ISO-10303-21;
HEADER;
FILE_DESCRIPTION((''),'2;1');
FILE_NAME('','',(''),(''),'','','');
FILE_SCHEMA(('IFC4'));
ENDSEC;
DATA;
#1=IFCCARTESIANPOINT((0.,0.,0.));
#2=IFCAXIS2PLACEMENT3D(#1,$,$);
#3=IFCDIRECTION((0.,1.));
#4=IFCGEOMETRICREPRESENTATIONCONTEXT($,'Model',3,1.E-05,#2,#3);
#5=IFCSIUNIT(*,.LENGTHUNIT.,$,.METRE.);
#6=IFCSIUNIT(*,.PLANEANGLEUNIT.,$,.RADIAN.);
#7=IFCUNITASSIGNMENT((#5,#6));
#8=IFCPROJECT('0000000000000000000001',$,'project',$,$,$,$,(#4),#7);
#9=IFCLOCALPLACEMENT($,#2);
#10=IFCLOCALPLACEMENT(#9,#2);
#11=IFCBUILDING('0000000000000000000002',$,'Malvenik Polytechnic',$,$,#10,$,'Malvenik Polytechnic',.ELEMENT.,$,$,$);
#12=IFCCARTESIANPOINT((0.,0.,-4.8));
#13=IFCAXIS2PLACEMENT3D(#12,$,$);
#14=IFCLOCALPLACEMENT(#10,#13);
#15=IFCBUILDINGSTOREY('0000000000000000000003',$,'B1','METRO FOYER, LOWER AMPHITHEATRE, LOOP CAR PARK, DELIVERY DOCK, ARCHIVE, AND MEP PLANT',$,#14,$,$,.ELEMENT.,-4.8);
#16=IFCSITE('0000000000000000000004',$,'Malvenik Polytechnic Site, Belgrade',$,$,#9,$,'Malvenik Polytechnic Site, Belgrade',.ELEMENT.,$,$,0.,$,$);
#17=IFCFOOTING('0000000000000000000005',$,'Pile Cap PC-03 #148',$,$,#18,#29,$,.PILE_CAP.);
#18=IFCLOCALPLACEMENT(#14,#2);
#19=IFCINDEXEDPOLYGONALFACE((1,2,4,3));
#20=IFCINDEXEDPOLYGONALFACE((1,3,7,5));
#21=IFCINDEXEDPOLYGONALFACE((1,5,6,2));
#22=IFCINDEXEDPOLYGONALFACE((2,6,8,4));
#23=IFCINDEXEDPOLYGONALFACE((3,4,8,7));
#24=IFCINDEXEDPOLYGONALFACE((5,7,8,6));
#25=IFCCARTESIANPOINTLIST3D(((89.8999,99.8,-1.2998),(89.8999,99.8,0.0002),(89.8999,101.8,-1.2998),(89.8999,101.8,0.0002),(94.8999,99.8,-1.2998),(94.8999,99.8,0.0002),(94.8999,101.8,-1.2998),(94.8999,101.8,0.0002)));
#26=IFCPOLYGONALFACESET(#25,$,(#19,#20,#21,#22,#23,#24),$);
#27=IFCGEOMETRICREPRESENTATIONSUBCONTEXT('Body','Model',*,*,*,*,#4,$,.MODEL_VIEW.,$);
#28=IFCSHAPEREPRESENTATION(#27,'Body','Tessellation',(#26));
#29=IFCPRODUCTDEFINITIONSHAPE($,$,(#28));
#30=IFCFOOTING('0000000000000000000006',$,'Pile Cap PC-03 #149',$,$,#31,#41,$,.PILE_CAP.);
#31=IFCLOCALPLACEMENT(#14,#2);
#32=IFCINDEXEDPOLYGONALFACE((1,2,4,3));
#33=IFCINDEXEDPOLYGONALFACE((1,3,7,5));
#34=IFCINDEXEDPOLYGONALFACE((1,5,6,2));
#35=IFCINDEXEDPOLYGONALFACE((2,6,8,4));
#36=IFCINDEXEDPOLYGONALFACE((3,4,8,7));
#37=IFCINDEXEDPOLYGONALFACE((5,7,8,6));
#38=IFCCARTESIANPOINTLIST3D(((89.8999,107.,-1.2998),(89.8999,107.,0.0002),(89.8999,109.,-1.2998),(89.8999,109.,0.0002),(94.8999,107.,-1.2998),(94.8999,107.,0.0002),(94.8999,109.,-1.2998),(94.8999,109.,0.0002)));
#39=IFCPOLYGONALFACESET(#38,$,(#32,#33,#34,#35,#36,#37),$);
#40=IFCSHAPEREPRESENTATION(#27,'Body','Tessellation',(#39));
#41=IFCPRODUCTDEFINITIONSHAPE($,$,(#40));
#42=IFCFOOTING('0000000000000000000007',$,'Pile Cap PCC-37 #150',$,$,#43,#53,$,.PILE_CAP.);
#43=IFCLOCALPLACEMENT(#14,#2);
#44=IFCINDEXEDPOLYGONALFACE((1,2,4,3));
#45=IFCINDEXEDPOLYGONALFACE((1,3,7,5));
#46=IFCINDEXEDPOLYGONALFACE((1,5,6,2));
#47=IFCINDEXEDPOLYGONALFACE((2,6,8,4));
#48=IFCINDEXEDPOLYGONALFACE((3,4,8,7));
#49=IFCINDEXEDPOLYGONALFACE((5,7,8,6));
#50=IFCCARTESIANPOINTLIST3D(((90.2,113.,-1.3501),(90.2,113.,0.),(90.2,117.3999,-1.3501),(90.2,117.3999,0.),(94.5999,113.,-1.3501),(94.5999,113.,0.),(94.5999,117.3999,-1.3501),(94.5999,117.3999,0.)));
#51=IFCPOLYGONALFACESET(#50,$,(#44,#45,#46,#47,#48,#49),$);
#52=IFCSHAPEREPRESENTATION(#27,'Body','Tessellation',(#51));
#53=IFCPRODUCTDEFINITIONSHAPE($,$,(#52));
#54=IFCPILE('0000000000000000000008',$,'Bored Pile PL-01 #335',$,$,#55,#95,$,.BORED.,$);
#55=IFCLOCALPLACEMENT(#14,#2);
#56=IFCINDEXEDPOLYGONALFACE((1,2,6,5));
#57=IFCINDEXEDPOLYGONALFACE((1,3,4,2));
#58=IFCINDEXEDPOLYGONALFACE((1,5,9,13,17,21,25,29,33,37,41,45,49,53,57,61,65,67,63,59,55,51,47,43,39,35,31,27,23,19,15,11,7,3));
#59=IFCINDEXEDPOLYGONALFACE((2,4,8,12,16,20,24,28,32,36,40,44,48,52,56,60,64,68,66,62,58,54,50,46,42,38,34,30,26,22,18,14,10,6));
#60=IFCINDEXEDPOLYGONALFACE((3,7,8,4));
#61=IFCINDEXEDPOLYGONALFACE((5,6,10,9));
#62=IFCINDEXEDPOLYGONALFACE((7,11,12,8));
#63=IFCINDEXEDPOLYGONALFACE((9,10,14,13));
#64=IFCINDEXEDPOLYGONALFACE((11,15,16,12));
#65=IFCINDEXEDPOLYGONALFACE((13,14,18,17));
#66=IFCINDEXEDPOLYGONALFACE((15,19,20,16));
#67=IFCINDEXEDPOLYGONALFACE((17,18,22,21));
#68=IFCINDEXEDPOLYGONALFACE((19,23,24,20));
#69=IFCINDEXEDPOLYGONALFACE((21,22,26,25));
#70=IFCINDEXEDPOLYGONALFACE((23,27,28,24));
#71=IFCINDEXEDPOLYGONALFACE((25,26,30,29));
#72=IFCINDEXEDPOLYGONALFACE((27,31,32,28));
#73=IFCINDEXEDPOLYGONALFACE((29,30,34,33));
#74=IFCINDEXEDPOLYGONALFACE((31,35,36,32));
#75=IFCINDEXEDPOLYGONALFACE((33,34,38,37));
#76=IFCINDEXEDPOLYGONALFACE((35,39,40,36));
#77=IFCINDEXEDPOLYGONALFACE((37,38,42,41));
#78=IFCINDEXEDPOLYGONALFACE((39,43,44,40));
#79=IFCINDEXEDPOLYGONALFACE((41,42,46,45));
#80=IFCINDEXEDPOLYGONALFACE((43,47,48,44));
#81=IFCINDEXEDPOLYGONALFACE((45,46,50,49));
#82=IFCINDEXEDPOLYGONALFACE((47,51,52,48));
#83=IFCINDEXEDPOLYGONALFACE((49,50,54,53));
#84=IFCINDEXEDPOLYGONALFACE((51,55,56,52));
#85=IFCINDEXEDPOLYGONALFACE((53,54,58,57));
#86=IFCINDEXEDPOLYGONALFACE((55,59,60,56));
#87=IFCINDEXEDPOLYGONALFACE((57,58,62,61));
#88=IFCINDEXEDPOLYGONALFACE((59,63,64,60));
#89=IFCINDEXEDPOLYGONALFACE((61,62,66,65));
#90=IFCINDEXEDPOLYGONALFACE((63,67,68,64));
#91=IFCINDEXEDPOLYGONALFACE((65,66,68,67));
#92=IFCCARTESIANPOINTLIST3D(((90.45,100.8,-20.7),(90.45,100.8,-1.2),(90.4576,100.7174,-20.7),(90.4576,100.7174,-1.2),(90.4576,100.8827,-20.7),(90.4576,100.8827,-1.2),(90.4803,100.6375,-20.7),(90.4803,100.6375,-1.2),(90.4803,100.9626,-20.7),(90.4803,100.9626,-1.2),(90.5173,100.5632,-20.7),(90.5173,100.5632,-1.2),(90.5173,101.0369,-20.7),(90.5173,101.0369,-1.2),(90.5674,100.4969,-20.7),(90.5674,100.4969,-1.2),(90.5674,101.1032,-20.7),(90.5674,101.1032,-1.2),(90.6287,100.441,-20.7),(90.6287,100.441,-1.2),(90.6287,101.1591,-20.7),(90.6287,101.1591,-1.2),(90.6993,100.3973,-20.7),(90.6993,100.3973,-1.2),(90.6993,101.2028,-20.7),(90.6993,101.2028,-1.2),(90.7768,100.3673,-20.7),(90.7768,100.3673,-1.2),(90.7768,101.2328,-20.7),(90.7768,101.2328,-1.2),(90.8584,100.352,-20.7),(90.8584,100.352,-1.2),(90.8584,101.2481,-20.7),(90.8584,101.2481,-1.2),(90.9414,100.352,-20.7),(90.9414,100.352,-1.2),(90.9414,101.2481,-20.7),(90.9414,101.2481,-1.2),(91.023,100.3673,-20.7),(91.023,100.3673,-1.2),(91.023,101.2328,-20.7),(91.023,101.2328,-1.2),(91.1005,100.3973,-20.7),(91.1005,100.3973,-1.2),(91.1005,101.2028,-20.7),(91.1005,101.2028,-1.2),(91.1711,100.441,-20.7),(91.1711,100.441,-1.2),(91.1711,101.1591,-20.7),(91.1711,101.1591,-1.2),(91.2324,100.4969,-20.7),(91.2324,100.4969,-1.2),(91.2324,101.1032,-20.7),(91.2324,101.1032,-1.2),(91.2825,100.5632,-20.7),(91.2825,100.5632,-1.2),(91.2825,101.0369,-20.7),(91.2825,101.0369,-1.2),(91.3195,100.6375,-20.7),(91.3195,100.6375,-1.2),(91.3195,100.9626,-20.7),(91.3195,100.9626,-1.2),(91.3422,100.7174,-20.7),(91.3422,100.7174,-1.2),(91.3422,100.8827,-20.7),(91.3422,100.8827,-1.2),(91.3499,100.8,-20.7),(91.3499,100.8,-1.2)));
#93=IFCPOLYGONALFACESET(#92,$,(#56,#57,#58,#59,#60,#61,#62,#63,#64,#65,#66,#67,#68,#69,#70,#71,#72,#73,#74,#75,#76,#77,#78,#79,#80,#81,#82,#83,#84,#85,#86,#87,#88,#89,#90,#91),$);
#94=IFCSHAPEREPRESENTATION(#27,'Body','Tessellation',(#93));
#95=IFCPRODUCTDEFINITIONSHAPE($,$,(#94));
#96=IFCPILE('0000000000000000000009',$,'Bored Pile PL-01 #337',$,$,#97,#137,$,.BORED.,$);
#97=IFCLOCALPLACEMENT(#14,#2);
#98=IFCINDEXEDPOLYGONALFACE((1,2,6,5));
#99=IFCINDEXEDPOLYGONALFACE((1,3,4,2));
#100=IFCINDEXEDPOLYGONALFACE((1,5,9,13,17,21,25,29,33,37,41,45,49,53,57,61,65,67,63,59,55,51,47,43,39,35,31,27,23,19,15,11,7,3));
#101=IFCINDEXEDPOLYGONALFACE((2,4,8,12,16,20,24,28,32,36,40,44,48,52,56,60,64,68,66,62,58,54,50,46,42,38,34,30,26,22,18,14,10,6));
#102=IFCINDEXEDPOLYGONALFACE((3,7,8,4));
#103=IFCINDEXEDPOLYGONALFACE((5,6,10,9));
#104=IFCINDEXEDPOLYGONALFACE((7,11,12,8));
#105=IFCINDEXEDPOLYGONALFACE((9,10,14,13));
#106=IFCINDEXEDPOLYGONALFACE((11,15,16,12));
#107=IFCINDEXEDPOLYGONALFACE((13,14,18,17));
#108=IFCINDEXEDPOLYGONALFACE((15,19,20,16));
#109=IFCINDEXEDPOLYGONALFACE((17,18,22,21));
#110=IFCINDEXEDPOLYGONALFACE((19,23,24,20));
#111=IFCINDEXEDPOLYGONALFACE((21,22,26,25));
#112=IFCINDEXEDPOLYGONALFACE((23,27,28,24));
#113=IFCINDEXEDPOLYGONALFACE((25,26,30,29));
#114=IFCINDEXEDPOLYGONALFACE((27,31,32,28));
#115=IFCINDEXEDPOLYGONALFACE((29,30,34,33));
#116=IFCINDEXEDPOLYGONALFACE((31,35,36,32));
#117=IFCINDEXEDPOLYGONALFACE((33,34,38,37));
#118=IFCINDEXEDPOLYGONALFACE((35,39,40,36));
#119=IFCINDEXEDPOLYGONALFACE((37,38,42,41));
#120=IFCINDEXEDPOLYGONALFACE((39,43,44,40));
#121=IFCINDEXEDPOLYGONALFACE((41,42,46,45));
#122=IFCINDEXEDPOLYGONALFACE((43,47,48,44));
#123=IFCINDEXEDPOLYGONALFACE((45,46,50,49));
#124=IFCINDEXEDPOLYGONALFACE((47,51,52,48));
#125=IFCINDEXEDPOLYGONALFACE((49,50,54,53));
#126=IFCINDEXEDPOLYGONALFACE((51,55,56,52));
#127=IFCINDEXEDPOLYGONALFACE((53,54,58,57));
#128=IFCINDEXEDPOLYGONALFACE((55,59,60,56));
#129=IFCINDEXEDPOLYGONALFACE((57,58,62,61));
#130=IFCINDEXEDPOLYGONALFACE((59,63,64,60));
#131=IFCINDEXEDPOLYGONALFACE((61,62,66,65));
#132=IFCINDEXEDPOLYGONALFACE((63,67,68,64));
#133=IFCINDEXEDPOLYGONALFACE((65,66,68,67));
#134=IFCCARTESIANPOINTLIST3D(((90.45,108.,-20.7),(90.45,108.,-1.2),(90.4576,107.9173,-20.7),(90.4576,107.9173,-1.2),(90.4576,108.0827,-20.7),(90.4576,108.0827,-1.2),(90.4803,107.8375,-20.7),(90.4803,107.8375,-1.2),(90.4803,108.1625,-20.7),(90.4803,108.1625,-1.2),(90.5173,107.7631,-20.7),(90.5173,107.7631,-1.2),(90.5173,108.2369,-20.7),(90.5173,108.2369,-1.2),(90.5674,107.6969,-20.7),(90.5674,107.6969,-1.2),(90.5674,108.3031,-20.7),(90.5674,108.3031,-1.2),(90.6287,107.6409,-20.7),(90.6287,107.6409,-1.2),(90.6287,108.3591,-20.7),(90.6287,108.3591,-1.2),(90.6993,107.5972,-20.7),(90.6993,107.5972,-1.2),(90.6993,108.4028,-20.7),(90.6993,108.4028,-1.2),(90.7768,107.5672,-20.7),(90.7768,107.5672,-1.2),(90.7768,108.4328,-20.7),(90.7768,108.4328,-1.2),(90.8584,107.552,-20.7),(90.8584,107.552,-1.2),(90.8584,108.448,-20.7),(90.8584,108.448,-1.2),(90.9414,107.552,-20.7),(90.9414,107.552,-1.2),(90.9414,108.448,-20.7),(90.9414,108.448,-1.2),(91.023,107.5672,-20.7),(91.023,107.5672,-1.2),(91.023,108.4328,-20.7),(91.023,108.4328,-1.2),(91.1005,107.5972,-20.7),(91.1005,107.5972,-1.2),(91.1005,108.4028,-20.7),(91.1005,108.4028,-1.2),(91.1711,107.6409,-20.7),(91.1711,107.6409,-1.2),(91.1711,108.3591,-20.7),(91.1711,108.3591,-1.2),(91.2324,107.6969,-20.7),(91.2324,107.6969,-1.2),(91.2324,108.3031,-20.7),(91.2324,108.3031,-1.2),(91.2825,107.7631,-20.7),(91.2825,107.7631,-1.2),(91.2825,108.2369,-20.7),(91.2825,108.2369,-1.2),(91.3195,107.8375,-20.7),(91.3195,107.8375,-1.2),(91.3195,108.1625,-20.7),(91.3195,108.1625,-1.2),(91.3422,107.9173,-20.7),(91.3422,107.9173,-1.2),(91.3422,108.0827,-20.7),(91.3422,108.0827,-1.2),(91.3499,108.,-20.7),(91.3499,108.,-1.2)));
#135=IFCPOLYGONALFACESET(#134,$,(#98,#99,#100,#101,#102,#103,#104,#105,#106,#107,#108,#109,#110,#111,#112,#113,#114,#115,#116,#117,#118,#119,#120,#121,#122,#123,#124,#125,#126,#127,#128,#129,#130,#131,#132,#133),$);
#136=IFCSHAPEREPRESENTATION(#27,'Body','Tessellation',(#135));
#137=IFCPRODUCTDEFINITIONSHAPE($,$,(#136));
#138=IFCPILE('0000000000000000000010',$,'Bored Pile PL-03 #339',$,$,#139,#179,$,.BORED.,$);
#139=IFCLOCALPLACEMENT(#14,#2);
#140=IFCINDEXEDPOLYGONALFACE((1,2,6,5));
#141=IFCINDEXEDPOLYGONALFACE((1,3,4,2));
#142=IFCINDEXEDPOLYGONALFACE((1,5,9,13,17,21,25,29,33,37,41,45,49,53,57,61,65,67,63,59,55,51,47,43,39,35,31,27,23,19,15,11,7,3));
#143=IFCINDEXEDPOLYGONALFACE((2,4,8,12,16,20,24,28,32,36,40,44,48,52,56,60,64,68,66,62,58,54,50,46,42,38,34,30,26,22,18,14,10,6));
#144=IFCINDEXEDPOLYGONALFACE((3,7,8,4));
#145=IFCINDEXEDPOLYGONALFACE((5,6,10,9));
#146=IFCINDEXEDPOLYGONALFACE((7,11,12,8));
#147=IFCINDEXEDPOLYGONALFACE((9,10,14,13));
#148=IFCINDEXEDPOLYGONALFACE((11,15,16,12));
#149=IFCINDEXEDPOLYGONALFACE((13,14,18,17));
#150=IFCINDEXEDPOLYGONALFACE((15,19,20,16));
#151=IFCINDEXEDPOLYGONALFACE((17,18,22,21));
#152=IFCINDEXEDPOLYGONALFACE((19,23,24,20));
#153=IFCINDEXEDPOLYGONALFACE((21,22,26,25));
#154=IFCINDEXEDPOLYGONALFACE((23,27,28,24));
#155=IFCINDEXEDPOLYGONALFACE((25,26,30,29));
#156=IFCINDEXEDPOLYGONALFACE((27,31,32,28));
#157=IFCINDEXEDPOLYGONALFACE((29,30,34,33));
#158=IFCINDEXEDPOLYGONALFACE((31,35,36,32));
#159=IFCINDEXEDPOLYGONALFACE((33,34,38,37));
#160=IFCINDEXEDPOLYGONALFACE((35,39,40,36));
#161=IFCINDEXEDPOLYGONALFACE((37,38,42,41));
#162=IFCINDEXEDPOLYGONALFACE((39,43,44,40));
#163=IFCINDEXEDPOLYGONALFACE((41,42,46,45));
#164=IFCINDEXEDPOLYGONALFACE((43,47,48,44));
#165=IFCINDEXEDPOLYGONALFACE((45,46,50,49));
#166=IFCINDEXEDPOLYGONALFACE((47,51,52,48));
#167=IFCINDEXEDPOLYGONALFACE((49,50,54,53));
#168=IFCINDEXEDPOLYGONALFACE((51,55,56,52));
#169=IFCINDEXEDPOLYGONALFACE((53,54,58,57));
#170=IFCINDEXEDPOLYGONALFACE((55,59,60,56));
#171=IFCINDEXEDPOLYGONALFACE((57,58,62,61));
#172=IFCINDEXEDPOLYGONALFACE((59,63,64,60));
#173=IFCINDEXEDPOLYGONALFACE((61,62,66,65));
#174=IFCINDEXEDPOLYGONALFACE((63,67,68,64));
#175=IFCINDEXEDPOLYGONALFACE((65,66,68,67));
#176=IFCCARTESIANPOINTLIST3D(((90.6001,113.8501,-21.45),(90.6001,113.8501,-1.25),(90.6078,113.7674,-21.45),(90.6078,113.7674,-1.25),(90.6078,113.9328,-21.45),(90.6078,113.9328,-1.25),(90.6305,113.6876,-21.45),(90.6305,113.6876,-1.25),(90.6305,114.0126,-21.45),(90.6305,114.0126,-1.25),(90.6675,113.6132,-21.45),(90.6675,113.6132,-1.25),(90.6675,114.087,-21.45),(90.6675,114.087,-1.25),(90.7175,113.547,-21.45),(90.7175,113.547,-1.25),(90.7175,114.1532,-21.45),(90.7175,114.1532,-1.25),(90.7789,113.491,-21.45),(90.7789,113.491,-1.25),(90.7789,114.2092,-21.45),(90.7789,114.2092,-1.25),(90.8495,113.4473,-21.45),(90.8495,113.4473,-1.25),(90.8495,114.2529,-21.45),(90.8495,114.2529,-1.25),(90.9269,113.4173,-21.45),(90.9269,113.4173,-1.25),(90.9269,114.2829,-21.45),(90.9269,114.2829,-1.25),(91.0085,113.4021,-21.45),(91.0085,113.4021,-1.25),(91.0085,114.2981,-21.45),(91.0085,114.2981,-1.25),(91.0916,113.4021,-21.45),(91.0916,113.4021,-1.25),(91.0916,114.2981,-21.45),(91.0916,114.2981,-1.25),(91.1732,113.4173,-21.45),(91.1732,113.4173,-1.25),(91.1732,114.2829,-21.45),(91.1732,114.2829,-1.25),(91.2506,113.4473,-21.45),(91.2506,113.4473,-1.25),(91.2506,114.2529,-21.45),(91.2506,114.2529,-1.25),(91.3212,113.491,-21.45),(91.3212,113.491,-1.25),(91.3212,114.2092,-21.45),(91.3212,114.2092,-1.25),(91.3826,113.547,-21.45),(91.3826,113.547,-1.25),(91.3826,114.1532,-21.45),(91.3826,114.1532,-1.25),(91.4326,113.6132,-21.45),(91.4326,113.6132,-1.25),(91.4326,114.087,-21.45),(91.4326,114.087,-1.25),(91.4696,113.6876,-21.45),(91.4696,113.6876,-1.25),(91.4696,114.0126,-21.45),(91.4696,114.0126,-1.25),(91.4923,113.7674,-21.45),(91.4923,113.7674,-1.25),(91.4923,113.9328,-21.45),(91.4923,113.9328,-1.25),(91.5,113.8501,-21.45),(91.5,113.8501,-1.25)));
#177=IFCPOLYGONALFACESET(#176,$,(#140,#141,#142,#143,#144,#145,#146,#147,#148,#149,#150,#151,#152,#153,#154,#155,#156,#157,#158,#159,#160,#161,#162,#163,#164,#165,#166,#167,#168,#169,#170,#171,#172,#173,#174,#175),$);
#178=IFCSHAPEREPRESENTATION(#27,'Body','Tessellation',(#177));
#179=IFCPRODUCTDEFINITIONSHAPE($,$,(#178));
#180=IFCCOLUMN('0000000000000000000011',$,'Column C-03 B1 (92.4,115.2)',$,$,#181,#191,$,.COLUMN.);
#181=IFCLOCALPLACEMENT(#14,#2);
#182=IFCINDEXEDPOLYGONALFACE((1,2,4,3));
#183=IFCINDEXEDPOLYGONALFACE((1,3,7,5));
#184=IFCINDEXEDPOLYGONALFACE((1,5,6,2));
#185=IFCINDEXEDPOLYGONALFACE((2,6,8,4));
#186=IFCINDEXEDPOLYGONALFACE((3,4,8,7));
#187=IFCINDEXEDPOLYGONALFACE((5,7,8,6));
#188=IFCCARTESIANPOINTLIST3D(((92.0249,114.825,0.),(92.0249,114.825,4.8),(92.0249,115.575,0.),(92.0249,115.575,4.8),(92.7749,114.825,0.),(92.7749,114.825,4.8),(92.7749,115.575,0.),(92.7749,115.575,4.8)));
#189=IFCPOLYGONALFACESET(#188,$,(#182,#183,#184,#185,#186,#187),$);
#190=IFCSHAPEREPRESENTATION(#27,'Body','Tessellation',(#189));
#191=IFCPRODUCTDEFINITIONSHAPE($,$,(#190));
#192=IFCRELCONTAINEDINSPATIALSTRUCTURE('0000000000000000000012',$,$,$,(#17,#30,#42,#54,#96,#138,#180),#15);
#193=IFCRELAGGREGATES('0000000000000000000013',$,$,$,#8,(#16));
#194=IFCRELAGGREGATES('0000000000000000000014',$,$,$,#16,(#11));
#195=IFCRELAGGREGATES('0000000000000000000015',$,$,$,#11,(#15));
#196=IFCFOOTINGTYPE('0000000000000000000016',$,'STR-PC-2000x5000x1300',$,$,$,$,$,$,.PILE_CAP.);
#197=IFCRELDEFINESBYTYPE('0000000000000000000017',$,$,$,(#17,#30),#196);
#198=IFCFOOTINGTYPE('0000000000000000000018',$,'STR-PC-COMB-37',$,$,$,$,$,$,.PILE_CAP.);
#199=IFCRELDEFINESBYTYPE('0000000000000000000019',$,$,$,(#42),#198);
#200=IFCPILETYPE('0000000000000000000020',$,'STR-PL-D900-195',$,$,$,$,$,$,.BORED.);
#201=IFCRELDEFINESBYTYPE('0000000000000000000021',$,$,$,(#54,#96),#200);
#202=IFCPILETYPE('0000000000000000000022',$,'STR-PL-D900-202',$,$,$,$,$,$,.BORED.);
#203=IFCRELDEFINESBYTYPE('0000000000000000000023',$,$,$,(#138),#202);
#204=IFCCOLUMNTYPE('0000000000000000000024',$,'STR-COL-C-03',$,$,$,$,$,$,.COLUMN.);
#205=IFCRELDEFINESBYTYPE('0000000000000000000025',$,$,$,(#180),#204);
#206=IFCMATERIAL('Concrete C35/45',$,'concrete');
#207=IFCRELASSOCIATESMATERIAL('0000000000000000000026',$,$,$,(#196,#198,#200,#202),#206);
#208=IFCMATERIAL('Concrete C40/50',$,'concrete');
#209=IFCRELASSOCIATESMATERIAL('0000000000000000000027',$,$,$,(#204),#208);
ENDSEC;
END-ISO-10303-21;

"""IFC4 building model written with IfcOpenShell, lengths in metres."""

from ifc_helpers import new_model, si_unit, direction, frame, origin, origin_2d, place, context, subcontext, project, spatial, rectangle, circle, extrude, material, material_profile, profile_set, type_object, element, save


model = new_model("IFC4")

# Units and contexts
model_context = context("Model", 3, precision=1e-05, world=origin(), true_north=direction((0.0, 1.0)))
body_context = subcontext(model_context, "Body", "Model", "MODEL_VIEW")
ifc_project = project(units=[si_unit("LENGTHUNIT", "METRE"), si_unit("PLANEANGLEUNIT", "RADIAN")], contexts=[model_context])

# Site, building, storey
site_placement = place(None, origin())
site = spatial("IfcSite", under=ifc_project, at=site_placement, Name="Malvenik Polytechnic Site, Belgrade", LongName="Malvenik Polytechnic Site, Belgrade", CompositionType="ELEMENT", RefElevation=0.0)
building_placement = place(site_placement, origin())
building = spatial("IfcBuilding", under=site, at=building_placement, Name="Malvenik Polytechnic", LongName="Malvenik Polytechnic", CompositionType="ELEMENT")
storey_placement = place(building_placement, frame((0.0, 0.0, -4.8)))
storey = spatial("IfcBuildingStorey", under=building, at=storey_placement, Name="B1", Description="METRO FOYER, LOWER AMPHITHEATRE, LOOP CAR PARK, DELIVERY DOCK, ARCHIVE, AND MEP PLANT", CompositionType="ELEMENT", Elevation=-4.8)

# Footings
ifc_material_1 = material(Name="Concrete C35/45", Category="concrete")
footing_type_1 = type_object("IfcFootingType", Name="STR-PC-2000x5000x1300", PredefinedType="PILE_CAP", material=ifc_material_1)
for number, where, z_axis, x_axis, name in (
    (1, (92.3999, 100.8, -1.2998), (0.0, 0.0, 1.0), (1.0, 0.0, 0.0), "Pile Cap PC-03 #148"),
    (2, (92.3999, 108.0, -1.2998), (0.0, 0.0, 1.0), (1.0, 0.0, 0.0), "Pile Cap PC-03 #149"),
):
    element("IfcFooting", number, at=place(storey_placement, frame(where, z_axis=z_axis, x_axis=x_axis)), inside=storey, type_object=footing_type_1, Name=name, PredefinedType="PILE_CAP", context=body_context, shape_type="SweptSolid", body=[
        extrude(rectangle(XDim=5.0, YDim=2.0, at=origin_2d()), origin(), (0.0, 0.0, 1.0), 1.3),
    ])
footing_type_2 = type_object("IfcFootingType", Name="STR-PC-COMB-37", PredefinedType="PILE_CAP", material=ifc_material_1)
footing_placement = place(storey_placement, frame((92.3999, 115.2, -1.3501), z_axis=(0.0, 0.0, 1.0), x_axis=(1.0, 0.0, 0.0)))
element("IfcFooting", 3, at=footing_placement, inside=storey, type_object=footing_type_2, Name="Pile Cap PCC-37 #150", PredefinedType="PILE_CAP", context=body_context, shape_type="SweptSolid", body=[
    extrude(rectangle(XDim=4.3999, YDim=4.3999, at=origin_2d()), origin(), (0.0, 0.0, 1.0), 1.3501),
])

# Piles
ifc_material_profile_1 = material_profile(ifc_material_1, circle(Radius=0.45, at=origin_2d()), Name="BORED PILE D900")
ifc_profile_set_1 = profile_set([ifc_material_profile_1], Name="Concrete C35/45")
pile_type_1 = type_object("IfcPileType", Name="STR-PL-D900-195", PredefinedType="BORED", material=ifc_profile_set_1)
for number, where, z_axis, x_axis, name in (
    (4, (90.8999, 100.8, -1.2), (0.0, 0.0, -1.0), (1.0, 0.0, 0.0), "Bored Pile PL-01 #335"),
    (5, (90.8999, 108.0, -1.2), (0.0, 0.0, -1.0), (1.0, 0.0, 0.0), "Bored Pile PL-01 #337"),
):
    element("IfcPile", number, at=place(storey_placement, frame(where, z_axis=z_axis, x_axis=x_axis)), inside=storey, type_object=pile_type_1, Name=name, PredefinedType="BORED", context=body_context, shape_type="SweptSolid", body=[
        extrude(circle(Radius=0.45, at=origin_2d()), origin(), (0.0, 0.0, 1.0), 19.5),
    ])
ifc_material_profile_2 = material_profile(ifc_material_1, circle(Radius=0.45, at=origin_2d()), Name="BORED PILE D900")
ifc_profile_set_2 = profile_set([ifc_material_profile_2], Name="Concrete C35/45")
pile_type_2 = type_object("IfcPileType", Name="STR-PL-D900-202", PredefinedType="BORED", material=ifc_profile_set_2)
pile_placement = place(storey_placement, frame((91.05, 113.8501, -1.25), z_axis=(0.0, 0.0, -1.0), x_axis=(1.0, 0.0, 0.0)))
element("IfcPile", 6, at=pile_placement, inside=storey, type_object=pile_type_2, Name="Bored Pile PL-03 #339", PredefinedType="BORED", context=body_context, shape_type="SweptSolid", body=[
    extrude(circle(Radius=0.45, at=origin_2d()), origin(), (0.0, 0.0, 1.0), 20.2),
])

# Column
ifc_material_2 = material(Name="Concrete C40/50", Category="concrete")
ifc_material_profile_3 = material_profile(ifc_material_2, rectangle(XDim=0.75, YDim=0.75, at=origin_2d()), Name="RC COL 750x750")
ifc_profile_set_3 = profile_set([ifc_material_profile_3], Name="Concrete C40/50")
column_type_1 = type_object("IfcColumnType", Name="STR-COL-C-03", PredefinedType="COLUMN", material=ifc_profile_set_3)
column_placement = place(storey_placement, frame((92.3999, 115.2, 0.0), z_axis=(0.0, 0.0, 1.0), x_axis=(1.0, 0.0, 0.0)))
element("IfcColumn", 7, at=column_placement, inside=storey, type_object=column_type_1, Name="Column C-03 B1 (92.4,115.2)", PredefinedType="COLUMN", context=body_context, shape_type="SweptSolid", body=[
    extrude(rectangle(XDim=0.75, YDim=0.75, at=origin_2d()), origin(), (0.0, 0.0, 1.0), 4.8),
])

save(model, "model.ifc")
